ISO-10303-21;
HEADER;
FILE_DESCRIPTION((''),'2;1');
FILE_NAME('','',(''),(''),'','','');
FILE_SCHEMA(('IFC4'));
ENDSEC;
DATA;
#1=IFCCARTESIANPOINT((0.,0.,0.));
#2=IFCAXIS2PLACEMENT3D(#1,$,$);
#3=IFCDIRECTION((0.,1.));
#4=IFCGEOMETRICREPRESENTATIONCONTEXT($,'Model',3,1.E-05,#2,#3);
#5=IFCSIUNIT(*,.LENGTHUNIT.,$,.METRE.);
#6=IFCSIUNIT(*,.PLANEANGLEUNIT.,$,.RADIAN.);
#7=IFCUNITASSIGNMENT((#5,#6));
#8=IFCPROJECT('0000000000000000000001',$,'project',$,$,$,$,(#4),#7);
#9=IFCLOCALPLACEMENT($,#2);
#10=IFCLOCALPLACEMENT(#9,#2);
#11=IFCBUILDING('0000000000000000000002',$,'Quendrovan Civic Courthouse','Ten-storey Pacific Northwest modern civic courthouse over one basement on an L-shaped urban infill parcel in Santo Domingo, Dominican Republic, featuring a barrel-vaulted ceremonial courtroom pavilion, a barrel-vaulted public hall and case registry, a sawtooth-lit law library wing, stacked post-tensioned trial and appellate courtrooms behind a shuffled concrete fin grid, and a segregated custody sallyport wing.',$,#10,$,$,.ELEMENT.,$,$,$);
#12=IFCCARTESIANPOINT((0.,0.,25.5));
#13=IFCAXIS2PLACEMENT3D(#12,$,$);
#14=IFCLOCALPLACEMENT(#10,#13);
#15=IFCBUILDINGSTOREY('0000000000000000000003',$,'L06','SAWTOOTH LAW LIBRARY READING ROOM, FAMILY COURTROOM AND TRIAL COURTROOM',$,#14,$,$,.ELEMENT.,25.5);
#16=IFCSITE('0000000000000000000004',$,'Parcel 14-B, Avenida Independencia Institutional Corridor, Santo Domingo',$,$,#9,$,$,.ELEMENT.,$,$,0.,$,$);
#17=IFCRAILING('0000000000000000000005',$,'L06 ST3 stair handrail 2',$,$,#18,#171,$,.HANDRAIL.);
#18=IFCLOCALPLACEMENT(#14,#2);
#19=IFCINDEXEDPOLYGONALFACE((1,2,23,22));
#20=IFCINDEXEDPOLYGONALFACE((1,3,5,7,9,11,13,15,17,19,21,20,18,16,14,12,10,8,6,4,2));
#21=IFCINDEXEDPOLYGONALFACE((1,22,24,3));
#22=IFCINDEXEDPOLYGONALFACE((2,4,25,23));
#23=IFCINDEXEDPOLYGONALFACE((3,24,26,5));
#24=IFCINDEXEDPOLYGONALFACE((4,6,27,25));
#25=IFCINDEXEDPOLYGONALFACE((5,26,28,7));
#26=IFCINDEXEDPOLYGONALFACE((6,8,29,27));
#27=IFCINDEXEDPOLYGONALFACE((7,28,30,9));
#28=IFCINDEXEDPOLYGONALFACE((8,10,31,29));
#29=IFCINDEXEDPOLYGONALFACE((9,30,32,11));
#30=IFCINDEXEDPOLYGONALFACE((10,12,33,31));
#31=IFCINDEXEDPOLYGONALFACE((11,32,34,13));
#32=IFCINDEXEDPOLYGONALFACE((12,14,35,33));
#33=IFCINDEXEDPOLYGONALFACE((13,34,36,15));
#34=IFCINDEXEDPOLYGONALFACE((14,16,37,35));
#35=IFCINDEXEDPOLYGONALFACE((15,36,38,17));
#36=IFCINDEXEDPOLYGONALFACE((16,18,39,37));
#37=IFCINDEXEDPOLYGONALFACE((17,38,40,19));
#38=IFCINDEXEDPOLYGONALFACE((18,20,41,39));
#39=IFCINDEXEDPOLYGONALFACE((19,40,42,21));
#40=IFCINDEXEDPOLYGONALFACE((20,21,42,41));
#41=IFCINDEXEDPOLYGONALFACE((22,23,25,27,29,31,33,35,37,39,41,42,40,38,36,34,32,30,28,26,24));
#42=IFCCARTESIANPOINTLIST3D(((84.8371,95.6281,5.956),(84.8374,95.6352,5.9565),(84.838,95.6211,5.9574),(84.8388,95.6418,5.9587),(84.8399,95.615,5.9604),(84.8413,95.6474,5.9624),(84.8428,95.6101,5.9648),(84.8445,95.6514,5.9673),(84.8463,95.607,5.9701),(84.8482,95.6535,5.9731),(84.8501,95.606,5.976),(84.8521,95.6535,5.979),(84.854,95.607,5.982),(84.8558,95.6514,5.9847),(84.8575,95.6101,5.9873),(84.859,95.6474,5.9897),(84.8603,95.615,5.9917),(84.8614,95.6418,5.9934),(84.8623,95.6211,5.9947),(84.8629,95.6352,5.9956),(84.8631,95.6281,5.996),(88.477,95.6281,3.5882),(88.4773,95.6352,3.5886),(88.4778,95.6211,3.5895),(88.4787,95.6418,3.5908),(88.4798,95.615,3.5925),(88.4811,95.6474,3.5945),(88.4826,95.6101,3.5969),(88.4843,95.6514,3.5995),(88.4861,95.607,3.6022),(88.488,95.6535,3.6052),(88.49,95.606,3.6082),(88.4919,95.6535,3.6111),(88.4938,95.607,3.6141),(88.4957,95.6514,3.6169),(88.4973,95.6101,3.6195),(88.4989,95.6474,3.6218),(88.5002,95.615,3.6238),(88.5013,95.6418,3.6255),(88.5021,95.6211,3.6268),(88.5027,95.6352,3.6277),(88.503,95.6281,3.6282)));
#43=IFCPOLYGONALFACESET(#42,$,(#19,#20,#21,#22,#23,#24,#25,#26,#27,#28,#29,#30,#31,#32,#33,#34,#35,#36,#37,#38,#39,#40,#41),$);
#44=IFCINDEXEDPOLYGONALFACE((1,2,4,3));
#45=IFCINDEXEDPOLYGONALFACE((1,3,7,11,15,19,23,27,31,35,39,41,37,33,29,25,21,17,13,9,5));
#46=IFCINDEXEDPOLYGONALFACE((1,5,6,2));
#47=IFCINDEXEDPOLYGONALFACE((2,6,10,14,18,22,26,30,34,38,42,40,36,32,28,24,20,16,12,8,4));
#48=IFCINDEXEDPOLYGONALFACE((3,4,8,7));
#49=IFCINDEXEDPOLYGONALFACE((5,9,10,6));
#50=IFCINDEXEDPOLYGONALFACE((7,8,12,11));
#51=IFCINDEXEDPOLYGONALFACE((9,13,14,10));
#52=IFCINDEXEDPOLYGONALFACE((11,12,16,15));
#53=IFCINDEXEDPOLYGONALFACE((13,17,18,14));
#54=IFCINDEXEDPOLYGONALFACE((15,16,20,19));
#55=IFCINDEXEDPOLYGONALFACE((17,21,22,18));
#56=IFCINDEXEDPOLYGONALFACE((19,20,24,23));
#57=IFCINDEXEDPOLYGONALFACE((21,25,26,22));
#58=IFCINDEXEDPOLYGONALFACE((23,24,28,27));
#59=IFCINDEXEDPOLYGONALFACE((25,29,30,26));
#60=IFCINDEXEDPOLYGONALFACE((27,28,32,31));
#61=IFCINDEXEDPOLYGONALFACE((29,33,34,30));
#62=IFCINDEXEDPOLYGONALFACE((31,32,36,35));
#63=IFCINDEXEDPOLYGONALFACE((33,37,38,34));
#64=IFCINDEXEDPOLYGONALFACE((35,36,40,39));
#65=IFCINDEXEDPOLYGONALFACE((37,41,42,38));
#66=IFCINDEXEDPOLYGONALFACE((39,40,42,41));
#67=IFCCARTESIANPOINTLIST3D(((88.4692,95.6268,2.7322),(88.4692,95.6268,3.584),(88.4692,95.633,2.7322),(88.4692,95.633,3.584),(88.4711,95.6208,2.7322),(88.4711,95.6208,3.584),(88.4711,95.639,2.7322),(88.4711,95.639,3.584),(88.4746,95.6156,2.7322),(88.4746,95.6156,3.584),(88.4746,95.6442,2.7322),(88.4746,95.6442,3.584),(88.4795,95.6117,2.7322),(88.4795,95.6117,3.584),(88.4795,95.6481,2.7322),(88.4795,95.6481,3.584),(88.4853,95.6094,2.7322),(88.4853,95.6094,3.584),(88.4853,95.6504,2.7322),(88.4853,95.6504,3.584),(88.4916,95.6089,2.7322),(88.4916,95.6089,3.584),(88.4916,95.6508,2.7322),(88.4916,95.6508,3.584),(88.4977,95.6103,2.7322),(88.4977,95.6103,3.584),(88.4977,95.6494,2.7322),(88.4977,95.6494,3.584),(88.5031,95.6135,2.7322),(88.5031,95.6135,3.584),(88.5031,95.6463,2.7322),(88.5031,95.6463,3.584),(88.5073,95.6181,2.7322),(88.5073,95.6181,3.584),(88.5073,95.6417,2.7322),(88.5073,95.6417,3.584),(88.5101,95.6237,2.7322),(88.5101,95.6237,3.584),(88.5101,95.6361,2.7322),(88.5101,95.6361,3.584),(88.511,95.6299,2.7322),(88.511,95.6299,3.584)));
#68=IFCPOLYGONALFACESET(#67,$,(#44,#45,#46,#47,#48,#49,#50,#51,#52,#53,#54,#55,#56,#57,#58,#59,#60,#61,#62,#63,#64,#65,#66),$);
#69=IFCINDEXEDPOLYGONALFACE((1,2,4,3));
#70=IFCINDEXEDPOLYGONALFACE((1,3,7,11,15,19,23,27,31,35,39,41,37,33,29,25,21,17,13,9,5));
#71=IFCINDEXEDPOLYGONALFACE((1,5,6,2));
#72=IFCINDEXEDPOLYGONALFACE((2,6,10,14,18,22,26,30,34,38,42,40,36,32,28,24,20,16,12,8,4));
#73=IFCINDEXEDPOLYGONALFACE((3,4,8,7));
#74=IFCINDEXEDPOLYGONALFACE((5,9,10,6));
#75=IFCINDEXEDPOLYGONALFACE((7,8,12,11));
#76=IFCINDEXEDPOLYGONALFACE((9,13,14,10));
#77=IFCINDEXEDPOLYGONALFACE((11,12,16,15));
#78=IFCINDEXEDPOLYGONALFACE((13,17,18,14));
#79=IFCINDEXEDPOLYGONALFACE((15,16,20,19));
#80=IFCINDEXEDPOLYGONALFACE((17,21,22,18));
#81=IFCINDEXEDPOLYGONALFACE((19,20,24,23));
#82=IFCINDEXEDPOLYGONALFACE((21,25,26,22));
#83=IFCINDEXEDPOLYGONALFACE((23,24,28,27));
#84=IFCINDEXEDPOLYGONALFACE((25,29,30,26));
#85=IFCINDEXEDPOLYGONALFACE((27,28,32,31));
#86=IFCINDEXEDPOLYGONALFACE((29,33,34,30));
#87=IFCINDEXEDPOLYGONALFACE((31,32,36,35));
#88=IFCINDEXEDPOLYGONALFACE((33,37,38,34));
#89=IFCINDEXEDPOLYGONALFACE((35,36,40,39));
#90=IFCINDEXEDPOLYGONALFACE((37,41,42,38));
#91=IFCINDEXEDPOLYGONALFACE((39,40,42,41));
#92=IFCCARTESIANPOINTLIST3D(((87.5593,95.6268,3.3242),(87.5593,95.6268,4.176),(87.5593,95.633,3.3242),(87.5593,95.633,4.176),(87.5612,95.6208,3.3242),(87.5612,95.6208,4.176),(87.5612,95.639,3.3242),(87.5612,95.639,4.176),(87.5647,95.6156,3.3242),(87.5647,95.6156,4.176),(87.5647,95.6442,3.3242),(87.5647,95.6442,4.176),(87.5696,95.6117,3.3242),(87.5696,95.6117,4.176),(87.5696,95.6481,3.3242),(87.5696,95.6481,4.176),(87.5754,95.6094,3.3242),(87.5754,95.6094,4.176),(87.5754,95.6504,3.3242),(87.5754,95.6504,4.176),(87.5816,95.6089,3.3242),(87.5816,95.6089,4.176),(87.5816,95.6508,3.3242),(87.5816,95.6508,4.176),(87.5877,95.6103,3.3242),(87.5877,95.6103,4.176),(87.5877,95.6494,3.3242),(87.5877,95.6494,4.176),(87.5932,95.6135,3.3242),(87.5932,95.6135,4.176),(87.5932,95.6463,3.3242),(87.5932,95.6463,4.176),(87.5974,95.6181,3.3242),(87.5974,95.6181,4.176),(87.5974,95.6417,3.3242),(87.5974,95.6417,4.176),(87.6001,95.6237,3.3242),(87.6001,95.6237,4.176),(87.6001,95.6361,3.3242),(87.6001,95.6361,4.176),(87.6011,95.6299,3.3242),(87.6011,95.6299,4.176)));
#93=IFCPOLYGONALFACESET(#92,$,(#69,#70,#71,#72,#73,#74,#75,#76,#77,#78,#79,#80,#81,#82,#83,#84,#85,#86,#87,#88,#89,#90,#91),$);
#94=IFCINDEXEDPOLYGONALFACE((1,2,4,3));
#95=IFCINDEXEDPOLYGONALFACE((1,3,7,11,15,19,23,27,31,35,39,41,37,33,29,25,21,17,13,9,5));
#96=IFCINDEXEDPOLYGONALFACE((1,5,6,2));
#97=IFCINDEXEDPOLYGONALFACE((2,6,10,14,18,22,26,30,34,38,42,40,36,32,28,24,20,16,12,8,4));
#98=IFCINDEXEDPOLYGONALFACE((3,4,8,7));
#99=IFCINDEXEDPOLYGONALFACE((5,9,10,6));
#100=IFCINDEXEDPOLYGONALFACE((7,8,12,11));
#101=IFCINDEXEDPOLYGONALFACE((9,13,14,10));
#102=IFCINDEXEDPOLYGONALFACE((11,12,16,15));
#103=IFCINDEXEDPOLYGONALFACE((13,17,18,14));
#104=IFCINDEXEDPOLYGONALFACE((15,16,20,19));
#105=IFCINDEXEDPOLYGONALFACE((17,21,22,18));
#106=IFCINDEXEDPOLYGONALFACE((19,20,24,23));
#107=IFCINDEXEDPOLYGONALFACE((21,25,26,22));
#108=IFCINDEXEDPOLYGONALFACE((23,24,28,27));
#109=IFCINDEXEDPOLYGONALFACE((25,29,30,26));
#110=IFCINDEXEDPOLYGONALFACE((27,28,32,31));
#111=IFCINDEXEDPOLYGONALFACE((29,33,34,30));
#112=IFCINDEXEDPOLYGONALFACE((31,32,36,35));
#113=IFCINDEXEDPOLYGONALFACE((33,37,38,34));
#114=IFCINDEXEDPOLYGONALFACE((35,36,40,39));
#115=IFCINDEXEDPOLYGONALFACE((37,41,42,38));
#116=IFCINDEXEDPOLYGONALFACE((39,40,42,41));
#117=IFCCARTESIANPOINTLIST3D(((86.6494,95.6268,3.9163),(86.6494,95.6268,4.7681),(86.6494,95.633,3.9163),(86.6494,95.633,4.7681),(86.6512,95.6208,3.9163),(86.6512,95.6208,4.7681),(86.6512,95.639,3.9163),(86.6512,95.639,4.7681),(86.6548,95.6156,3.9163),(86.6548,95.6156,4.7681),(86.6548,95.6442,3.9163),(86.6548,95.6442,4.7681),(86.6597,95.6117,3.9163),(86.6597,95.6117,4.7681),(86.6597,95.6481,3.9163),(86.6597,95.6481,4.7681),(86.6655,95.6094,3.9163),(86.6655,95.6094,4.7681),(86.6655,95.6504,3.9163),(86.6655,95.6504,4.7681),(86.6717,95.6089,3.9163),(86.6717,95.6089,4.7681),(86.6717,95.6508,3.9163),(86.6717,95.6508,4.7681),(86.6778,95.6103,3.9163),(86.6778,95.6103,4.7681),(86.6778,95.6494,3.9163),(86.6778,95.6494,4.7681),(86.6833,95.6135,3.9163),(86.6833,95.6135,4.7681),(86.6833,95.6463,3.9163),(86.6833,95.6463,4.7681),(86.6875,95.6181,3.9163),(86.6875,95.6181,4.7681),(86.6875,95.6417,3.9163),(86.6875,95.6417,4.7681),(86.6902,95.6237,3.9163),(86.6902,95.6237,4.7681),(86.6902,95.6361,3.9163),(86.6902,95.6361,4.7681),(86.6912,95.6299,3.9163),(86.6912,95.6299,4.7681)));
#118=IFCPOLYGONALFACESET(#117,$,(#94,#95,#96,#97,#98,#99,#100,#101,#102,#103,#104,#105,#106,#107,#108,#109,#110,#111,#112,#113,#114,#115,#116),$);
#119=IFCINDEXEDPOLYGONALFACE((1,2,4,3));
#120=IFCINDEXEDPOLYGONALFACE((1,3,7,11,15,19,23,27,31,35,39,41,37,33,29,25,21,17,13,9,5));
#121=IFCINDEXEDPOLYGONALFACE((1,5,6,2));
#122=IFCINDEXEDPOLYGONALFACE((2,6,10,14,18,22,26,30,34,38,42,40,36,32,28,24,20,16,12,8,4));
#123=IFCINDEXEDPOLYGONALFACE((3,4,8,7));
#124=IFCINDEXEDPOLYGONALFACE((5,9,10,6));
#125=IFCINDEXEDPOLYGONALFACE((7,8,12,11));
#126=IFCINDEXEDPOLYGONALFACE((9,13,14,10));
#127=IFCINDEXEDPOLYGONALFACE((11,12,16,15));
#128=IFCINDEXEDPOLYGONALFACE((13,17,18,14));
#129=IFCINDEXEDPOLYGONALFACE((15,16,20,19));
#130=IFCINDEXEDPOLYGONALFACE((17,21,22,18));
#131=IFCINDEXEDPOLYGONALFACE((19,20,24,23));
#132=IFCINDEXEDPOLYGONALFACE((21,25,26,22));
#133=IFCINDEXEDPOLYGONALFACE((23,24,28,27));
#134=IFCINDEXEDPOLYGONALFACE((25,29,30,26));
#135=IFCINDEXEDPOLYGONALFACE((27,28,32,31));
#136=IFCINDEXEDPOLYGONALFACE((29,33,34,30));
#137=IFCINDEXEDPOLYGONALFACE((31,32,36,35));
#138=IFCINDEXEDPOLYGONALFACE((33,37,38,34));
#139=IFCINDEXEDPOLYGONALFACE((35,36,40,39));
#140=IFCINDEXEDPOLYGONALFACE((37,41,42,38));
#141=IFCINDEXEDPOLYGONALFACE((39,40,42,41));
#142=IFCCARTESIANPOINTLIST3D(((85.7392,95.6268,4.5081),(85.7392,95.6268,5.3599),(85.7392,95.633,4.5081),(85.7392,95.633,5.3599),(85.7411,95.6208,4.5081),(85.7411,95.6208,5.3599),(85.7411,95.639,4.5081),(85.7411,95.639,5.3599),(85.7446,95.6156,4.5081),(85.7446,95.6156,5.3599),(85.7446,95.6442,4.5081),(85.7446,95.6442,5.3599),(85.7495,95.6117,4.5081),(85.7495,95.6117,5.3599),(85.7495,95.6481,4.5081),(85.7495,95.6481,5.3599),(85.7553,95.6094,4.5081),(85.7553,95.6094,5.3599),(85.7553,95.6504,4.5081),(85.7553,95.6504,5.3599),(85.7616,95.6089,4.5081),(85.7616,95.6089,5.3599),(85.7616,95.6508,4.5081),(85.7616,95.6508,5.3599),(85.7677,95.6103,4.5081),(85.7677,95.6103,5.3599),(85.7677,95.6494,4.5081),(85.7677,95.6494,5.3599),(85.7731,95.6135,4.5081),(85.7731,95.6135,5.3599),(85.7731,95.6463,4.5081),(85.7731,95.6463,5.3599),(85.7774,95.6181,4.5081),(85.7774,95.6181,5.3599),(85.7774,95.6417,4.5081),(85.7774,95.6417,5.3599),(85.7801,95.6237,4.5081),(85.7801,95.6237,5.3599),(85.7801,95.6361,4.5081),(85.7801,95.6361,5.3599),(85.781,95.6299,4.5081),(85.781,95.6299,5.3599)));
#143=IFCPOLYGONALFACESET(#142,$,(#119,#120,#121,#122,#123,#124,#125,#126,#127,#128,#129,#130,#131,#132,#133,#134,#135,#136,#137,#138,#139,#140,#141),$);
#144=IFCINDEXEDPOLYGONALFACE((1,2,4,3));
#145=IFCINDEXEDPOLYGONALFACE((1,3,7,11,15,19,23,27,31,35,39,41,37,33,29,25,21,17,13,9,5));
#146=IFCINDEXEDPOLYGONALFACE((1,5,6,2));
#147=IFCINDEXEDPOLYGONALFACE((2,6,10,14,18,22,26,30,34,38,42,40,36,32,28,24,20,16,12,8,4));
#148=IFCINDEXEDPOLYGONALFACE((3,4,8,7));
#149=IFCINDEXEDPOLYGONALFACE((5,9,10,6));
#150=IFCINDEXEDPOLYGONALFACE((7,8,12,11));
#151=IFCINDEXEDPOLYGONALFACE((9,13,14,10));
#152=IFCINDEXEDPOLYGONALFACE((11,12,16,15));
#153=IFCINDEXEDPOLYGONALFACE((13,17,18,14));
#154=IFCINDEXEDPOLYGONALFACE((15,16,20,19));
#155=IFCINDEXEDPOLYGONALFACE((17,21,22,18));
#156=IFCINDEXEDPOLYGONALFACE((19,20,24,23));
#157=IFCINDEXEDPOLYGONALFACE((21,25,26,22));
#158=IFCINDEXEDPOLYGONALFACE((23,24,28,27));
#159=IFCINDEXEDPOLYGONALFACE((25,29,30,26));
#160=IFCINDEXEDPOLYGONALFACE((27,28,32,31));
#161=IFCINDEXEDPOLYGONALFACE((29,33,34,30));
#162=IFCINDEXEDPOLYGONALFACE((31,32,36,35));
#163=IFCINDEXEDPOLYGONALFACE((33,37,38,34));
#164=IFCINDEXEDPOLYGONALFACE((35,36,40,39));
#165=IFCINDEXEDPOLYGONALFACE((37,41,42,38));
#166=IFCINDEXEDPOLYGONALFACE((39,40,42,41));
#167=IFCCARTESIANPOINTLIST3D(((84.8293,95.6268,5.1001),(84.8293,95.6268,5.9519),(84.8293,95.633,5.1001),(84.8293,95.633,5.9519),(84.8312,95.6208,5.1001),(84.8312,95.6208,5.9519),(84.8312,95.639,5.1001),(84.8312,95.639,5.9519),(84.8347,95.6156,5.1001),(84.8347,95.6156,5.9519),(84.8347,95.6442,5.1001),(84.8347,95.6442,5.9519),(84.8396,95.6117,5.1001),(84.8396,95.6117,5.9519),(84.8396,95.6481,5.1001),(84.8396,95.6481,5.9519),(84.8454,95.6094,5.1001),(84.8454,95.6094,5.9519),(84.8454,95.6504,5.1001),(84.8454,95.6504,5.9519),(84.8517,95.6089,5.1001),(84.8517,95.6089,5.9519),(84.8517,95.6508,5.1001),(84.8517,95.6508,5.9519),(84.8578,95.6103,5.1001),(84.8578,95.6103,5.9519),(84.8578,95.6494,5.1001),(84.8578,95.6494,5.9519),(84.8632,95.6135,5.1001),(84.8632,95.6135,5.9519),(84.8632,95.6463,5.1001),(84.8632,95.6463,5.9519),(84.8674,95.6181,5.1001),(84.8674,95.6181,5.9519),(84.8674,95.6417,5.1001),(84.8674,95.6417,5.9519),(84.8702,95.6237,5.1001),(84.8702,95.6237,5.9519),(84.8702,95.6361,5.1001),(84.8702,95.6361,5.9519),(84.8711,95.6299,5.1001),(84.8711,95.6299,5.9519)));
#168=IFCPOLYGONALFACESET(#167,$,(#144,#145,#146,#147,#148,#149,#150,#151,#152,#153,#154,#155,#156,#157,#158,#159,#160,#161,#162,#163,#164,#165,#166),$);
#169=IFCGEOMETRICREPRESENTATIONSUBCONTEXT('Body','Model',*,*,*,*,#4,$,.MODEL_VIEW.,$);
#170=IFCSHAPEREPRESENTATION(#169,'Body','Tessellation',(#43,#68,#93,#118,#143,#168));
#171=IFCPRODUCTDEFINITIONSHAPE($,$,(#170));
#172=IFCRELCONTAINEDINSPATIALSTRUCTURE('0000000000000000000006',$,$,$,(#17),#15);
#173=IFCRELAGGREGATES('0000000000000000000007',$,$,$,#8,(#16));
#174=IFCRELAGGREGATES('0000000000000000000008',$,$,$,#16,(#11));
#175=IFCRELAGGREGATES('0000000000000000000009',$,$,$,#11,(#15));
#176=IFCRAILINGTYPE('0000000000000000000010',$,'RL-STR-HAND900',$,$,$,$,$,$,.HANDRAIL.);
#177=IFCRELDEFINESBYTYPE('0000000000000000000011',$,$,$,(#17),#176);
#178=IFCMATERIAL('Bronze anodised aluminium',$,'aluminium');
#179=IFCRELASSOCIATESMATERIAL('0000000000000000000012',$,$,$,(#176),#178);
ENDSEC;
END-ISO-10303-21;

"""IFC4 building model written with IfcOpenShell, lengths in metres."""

from ifc_helpers import new_model, si_unit, direction, frame, origin, origin_2d, place, context, subcontext, project, spatial, circle, extrude, material, type_object, element, save


model = new_model("IFC4")

# Units and contexts
model_context = context("Model", 3, precision=1e-05, world=origin(), true_north=direction((0.0, 1.0)))
body_context = subcontext(model_context, "Body", "Model", "MODEL_VIEW")
ifc_project = project(units=[si_unit("LENGTHUNIT", "METRE"), si_unit("PLANEANGLEUNIT", "RADIAN")], contexts=[model_context])

# Site, building, storey
site_placement = place(None, origin())
site = spatial("IfcSite", under=ifc_project, at=site_placement, Name="Parcel 14-B, Avenida Independencia Institutional Corridor, Santo Domingo", CompositionType="ELEMENT", RefElevation=0.0)
building_placement = place(site_placement, origin())
building = spatial("IfcBuilding", under=site, at=building_placement, Name="Quendrovan Civic Courthouse", Description="Ten-storey Pacific Northwest modern civic courthouse over one basement on an L-shaped urban infill parcel in Santo Domingo, Dominican Republic, featuring a barrel-vaulted ceremonial courtroom pavilion, a barrel-vaulted public hall and case registry, a sawtooth-lit law library wing, stacked post-tensioned trial and appellate courtrooms behind a shuffled concrete fin grid, and a segregated custody sallyport wing.", CompositionType="ELEMENT")
storey_placement = place(building_placement, frame((0.0, 0.0, 25.5)))
storey = spatial("IfcBuildingStorey", under=building, at=storey_placement, Name="L06", Description="SAWTOOTH LAW LIBRARY READING ROOM, FAMILY COURTROOM AND TRIAL COURTROOM", CompositionType="ELEMENT", Elevation=25.5)

# Railing
ifc_material_1 = material(Name="Bronze anodised aluminium", Category="aluminium")
railing_type_1 = type_object("IfcRailingType", Name="RL-STR-HAND900", PredefinedType="HANDRAIL", material=ifc_material_1)
railing_1_placement = place(storey_placement, frame((88.49, 95.6299, 2.7322)))
element("IfcRailing", 1, at=railing_1_placement, inside=storey, type_object=railing_type_1, Name="L06 ST3 stair handrail 2", PredefinedType="HANDRAIL", context=body_context, shape_type="SweptSolid", body=[
    extrude(circle(Radius=0.0239, at=origin_2d()), frame((0.0, 0.0, 0.876), z_axis=(-0.838234, 0.0, 0.54531), x_axis=(0.0, -1.0, 0.0)), (0.0, 0.0, 1.0), 4.3423),
    extrude(circle(Radius=0.021, at=origin_2d()), origin(), (0.0, 0.0, 1.0), 0.8518),
    extrude(circle(Radius=0.021, at=origin_2d()), frame((-0.9099, 0.0, 0.592)), (0.0, 0.0, 1.0), 0.8518),
    extrude(circle(Radius=0.021, at=origin_2d()), frame((-1.8198, 0.0, 1.1841)), (0.0, 0.0, 1.0), 0.8518),
    extrude(circle(Radius=0.021, at=origin_2d()), frame((-2.73, 0.0, 1.7759)), (0.0, 0.0, 1.0), 0.8518),
    extrude(circle(Radius=0.021, at=origin_2d()), frame((-3.6399, 0.0, 2.3679)), (0.0, 0.0, 1.0), 0.8518),
])

save(model, "model.ifc")
